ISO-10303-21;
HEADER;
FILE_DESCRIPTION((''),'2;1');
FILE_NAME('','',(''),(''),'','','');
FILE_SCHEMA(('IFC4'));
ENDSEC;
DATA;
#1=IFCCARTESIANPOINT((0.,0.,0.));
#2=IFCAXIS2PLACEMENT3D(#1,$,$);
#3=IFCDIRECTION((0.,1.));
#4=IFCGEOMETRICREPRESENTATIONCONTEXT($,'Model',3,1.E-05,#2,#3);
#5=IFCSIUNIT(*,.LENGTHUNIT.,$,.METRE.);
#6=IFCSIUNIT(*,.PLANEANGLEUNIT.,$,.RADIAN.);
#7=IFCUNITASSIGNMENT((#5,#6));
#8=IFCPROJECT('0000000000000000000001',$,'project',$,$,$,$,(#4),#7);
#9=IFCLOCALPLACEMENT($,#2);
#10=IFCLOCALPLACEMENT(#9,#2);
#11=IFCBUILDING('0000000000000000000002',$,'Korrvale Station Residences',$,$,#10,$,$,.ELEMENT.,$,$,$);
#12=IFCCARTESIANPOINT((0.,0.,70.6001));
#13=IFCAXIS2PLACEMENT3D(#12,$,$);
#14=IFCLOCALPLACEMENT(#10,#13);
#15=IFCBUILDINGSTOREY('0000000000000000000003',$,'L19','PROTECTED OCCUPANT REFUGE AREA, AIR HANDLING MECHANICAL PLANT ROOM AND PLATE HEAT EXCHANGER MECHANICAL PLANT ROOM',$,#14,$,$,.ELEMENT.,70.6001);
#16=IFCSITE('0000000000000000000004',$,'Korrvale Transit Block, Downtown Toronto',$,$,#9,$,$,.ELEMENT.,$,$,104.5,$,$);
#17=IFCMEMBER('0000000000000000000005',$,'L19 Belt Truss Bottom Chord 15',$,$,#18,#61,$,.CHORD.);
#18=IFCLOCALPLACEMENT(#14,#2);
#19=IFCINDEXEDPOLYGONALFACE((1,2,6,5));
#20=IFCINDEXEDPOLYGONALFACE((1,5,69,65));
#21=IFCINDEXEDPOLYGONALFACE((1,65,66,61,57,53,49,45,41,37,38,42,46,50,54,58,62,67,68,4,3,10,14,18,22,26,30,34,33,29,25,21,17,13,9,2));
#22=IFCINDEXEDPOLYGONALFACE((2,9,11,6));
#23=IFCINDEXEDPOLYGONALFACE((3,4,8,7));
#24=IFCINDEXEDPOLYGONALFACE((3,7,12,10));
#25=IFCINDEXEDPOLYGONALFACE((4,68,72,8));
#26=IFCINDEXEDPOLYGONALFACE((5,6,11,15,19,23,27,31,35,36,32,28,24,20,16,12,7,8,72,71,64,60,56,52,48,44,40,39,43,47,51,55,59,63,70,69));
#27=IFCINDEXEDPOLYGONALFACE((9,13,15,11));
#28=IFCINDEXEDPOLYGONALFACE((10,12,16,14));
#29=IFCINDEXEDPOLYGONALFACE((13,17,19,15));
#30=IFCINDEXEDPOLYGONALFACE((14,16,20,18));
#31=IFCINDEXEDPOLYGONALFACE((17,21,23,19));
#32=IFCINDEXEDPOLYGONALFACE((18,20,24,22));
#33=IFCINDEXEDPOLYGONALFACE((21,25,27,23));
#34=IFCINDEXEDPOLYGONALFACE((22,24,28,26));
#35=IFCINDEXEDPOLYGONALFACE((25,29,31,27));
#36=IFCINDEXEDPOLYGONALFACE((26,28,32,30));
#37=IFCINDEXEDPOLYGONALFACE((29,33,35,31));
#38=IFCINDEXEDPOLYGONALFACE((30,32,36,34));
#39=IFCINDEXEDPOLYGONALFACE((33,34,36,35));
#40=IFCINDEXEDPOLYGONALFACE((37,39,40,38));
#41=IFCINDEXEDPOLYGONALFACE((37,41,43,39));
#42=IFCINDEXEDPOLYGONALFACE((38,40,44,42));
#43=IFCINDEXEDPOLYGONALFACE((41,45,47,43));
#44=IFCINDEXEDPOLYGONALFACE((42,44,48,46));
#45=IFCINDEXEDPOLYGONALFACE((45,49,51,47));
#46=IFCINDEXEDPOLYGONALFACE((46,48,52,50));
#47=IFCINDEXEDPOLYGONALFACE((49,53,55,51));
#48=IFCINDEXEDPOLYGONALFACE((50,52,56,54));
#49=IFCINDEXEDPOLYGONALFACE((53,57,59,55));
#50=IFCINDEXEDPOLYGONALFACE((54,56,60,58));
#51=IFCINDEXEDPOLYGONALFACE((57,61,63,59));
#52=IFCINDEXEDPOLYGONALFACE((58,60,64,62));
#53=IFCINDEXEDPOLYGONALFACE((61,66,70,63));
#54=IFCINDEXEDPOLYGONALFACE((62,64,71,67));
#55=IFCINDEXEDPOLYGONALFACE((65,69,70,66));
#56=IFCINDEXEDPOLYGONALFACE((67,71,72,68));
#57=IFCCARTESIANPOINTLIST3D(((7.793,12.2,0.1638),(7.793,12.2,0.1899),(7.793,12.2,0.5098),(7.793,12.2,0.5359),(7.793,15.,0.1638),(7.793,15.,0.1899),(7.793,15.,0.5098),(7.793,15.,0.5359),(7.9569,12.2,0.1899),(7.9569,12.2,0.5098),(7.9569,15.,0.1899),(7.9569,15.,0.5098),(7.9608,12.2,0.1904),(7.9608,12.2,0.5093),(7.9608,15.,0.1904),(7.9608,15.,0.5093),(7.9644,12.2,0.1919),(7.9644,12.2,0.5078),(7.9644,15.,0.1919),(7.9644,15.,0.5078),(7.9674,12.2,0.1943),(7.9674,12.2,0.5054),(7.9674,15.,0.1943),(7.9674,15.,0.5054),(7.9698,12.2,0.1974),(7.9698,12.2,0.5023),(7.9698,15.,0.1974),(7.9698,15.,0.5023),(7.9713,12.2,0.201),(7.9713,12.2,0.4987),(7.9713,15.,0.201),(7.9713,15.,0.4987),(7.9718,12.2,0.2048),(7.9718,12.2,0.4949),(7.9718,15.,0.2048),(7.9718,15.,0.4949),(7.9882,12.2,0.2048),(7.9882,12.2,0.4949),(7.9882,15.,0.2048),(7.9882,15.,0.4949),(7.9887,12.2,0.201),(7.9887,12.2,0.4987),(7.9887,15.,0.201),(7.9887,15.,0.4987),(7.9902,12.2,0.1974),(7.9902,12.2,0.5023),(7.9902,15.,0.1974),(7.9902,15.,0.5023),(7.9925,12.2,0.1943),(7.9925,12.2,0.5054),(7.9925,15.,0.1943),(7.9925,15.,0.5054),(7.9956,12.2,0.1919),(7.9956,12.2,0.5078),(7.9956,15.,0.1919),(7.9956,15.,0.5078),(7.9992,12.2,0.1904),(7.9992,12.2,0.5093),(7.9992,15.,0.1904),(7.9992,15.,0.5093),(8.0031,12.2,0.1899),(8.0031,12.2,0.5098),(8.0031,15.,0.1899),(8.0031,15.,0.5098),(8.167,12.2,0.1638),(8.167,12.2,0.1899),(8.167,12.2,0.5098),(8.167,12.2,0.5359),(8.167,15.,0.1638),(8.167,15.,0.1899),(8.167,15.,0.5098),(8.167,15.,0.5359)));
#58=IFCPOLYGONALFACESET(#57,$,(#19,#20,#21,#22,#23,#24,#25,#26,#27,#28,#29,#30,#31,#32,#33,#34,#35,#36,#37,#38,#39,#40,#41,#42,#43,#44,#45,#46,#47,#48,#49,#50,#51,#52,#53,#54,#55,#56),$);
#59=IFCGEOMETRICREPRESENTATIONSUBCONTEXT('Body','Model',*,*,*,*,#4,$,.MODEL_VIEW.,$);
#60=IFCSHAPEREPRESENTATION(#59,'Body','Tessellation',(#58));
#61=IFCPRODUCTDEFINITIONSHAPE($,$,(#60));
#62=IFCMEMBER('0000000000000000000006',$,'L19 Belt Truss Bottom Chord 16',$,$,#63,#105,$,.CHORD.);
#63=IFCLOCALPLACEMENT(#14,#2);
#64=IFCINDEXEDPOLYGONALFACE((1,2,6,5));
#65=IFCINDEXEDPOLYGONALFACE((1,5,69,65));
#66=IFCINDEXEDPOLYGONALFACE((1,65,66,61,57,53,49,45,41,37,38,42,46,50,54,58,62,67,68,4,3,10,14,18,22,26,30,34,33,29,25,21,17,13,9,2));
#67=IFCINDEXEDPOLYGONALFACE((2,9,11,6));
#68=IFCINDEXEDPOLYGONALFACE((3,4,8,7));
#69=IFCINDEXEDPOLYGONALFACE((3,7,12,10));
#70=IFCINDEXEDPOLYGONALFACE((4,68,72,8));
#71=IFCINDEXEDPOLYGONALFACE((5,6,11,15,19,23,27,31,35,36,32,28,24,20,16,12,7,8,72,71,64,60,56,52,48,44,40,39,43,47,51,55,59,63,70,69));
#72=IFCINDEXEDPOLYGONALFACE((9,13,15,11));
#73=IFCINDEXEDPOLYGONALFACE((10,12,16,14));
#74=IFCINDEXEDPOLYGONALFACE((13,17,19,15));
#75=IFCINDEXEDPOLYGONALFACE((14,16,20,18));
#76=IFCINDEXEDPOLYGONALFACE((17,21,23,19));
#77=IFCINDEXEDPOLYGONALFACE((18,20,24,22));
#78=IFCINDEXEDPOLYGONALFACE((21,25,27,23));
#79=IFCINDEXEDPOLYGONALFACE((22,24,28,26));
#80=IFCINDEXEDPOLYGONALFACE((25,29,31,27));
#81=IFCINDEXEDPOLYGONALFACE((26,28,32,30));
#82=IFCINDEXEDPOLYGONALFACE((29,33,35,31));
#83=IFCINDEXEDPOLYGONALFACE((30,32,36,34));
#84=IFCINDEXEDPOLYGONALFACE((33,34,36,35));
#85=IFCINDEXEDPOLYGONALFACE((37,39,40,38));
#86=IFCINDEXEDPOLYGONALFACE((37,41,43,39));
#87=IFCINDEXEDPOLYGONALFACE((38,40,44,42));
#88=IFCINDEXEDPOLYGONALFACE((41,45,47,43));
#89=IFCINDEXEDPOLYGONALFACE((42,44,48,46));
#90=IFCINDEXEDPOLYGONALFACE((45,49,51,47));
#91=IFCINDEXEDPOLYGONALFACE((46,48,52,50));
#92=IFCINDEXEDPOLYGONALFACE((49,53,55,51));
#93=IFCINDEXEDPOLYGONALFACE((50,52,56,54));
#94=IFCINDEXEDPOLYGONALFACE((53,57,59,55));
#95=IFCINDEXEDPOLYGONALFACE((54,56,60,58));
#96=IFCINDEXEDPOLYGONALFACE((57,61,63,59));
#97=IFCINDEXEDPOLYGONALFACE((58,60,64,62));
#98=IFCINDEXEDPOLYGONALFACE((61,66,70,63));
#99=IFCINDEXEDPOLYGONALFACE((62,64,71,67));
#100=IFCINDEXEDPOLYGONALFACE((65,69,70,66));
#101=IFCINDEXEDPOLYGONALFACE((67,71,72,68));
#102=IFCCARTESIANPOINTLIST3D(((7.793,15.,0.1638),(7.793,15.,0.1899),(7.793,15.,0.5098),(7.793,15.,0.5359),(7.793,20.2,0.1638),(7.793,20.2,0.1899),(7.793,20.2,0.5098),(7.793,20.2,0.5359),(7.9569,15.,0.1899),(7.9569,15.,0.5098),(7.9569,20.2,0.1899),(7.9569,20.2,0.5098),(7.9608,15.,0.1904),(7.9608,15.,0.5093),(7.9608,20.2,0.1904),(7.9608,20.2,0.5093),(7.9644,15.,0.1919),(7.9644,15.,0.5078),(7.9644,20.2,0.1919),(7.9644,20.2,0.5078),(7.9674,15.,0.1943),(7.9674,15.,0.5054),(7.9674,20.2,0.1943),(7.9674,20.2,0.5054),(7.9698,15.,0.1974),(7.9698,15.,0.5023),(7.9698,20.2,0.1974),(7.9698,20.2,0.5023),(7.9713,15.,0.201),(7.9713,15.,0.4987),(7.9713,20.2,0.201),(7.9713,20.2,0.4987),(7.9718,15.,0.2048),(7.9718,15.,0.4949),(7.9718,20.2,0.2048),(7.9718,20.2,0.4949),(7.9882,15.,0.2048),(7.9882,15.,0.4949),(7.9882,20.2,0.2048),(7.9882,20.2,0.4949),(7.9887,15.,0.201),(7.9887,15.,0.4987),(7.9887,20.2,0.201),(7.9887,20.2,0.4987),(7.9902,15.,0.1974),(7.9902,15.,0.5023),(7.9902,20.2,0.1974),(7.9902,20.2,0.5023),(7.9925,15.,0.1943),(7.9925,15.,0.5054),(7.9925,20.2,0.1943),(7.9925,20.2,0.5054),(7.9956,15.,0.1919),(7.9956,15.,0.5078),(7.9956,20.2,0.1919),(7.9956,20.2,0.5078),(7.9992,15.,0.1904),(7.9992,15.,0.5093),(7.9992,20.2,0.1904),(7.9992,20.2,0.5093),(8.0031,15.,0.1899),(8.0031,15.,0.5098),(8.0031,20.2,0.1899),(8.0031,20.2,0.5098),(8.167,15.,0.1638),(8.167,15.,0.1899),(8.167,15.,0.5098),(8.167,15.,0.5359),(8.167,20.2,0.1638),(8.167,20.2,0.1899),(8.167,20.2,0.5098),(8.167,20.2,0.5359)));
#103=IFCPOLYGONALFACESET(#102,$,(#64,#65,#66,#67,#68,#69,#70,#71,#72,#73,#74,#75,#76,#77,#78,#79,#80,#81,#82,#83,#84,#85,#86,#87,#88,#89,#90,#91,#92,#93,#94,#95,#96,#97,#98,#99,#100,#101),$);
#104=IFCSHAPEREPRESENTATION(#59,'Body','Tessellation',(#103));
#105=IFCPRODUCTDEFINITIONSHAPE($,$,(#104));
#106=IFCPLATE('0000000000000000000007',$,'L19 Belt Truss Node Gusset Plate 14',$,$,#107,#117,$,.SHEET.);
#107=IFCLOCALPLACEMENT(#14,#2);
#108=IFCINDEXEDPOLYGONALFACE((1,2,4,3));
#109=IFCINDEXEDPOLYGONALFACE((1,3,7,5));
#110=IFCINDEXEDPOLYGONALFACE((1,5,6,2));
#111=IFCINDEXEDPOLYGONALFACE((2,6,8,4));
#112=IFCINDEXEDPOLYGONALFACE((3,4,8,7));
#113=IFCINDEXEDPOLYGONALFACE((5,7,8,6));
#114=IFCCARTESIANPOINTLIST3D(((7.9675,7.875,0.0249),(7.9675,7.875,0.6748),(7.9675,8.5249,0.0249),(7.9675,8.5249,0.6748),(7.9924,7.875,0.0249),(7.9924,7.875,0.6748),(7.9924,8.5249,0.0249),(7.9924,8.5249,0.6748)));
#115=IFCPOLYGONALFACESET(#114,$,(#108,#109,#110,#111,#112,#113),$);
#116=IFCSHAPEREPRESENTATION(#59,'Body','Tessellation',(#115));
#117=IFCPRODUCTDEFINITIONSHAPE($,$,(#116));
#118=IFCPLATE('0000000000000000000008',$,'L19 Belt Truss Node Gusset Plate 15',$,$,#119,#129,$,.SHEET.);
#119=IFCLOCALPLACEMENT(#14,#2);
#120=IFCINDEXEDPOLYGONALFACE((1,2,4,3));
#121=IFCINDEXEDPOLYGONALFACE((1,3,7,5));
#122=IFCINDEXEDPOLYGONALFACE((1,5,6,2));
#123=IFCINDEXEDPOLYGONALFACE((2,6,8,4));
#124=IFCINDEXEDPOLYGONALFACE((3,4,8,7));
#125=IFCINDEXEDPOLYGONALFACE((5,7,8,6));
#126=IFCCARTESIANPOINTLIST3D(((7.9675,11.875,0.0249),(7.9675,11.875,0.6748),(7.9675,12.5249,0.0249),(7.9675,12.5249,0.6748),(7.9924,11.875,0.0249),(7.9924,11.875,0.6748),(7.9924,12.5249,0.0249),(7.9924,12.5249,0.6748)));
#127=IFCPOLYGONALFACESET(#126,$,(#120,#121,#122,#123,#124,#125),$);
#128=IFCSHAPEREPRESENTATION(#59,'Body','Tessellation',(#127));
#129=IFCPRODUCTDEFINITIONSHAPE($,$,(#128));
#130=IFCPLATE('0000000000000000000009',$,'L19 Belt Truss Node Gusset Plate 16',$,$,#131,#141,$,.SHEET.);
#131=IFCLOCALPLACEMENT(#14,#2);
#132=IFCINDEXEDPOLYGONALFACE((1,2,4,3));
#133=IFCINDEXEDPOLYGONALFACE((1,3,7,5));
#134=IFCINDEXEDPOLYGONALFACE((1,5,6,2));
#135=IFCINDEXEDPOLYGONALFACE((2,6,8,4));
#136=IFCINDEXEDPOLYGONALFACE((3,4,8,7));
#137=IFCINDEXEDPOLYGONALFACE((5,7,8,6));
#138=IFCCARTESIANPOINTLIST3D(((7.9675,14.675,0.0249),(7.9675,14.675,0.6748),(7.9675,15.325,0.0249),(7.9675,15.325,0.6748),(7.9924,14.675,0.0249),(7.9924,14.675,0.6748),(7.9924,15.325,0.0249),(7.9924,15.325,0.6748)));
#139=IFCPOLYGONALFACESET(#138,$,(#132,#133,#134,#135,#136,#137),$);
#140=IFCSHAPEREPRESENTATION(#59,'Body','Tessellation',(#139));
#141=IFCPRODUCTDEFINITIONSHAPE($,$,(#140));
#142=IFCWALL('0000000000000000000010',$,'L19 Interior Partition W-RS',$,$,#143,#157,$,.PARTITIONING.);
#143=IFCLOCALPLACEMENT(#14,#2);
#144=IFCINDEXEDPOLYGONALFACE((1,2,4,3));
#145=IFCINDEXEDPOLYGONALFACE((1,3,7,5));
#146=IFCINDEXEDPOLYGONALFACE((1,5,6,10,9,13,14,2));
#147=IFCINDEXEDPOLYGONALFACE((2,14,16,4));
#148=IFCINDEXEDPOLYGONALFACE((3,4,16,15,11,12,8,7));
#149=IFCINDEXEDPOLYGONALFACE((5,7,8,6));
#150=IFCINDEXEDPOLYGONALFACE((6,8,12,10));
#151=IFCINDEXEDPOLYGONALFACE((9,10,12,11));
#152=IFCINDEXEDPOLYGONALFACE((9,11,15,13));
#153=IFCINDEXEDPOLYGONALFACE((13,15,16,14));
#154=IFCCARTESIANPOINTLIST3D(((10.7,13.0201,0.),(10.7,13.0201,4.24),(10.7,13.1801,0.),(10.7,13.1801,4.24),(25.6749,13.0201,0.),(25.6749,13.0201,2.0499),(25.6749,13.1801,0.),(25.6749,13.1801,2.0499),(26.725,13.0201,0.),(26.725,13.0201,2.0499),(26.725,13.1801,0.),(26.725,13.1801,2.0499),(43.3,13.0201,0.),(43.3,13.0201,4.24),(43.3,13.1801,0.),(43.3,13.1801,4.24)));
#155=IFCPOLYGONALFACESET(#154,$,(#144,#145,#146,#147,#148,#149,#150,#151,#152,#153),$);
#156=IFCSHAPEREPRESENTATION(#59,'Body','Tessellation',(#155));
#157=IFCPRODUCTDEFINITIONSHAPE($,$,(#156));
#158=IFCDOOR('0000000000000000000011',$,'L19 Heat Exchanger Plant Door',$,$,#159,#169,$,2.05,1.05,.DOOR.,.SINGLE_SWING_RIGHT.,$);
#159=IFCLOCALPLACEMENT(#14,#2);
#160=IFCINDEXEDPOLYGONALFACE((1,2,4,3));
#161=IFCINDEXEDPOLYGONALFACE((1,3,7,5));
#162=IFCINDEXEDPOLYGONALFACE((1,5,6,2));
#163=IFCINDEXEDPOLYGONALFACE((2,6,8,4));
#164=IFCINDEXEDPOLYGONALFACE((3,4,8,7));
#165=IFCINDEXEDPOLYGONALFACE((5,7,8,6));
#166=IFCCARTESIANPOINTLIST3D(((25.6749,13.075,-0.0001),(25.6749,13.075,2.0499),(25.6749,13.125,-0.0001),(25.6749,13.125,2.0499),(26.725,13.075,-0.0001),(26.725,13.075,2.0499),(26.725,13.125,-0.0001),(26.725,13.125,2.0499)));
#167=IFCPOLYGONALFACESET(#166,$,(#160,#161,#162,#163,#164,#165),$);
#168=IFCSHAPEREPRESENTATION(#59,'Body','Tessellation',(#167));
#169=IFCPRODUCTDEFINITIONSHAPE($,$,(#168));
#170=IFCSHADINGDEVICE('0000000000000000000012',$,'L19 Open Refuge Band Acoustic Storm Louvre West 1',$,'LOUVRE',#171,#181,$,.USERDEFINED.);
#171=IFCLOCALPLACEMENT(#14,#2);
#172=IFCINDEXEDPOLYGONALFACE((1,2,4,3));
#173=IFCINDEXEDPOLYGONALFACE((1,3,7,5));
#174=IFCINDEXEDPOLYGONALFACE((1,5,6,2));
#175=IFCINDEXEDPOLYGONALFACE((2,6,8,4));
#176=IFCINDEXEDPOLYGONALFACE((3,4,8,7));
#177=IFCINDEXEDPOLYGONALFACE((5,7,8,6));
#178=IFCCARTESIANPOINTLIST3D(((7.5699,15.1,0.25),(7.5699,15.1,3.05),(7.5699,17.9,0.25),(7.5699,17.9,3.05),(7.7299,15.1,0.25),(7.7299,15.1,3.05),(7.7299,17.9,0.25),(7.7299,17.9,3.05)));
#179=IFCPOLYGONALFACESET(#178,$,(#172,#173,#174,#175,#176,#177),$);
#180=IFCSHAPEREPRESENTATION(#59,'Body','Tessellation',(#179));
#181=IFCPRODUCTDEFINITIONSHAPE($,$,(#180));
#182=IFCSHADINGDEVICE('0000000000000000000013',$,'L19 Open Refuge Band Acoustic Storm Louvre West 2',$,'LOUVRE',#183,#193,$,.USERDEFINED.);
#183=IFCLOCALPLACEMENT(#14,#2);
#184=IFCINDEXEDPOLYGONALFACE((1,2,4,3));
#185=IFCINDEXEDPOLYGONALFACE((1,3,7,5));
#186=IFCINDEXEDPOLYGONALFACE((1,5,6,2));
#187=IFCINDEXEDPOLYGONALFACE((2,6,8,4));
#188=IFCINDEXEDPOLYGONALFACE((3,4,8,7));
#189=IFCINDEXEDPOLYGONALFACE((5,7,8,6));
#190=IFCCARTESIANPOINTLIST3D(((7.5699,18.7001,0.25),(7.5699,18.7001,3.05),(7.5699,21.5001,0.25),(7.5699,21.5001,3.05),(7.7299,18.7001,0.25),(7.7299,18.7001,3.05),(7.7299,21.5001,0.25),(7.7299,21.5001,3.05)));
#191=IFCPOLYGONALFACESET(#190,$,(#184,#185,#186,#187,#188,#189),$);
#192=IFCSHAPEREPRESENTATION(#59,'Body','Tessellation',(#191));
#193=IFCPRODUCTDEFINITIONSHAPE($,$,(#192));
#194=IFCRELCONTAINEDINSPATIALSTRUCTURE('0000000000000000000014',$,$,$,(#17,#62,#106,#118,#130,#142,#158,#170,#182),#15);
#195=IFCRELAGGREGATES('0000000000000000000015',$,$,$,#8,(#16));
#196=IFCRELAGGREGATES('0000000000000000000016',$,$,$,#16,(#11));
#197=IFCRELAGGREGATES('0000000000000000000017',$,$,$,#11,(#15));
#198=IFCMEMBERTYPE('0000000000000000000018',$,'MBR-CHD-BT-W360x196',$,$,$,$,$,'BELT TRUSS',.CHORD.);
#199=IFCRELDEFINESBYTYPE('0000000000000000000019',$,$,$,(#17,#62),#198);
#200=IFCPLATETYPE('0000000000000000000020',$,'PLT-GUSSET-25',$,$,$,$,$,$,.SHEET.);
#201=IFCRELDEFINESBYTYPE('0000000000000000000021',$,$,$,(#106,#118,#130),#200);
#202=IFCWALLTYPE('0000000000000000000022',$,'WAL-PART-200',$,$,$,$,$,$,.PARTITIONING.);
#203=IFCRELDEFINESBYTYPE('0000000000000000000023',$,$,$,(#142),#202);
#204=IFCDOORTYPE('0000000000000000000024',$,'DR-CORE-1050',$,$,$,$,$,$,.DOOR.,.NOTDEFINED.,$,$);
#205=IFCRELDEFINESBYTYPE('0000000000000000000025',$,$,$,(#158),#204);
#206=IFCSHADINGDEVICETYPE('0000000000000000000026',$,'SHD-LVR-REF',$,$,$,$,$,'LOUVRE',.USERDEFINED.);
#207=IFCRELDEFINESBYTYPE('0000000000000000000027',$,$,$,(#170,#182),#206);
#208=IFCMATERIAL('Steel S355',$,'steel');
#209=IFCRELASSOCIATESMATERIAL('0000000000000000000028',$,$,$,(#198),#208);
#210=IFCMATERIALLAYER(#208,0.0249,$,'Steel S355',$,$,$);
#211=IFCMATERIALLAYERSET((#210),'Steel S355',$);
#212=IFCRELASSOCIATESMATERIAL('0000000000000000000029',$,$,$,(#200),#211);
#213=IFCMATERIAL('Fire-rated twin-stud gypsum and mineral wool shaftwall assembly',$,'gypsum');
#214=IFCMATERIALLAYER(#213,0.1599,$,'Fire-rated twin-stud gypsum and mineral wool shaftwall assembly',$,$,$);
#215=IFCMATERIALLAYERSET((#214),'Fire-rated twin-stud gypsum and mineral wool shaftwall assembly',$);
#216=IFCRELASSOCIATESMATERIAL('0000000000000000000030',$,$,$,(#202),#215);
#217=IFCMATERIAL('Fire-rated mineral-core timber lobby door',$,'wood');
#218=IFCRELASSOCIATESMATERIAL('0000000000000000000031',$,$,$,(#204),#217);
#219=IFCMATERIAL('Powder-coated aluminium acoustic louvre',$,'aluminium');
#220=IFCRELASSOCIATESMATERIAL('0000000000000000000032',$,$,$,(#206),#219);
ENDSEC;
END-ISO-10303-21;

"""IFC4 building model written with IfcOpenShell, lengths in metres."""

from ifc_helpers import new_model, si_unit, direction, frame, frame_2d, origin, origin_2d, place, context, subcontext, project, spatial, rectangle, i_section, extrude, material, layer, layer_set, material_profile, profile_set, type_object, element, fill, save


model = new_model("IFC4")

# Units and contexts
model_context = context("Model", 3, precision=1e-05, world=origin(), true_north=direction((0.0, 1.0)))
body_context = subcontext(model_context, "Body", "Model", "MODEL_VIEW")
ifc_project = project(units=[si_unit("LENGTHUNIT", "METRE"), si_unit("PLANEANGLEUNIT", "RADIAN")], contexts=[model_context])

# Site, building, storey
site_placement = place(None, origin())
site = spatial("IfcSite", under=ifc_project, at=site_placement, Name="Korrvale Transit Block, Downtown Toronto", CompositionType="ELEMENT", RefElevation=104.5)
building_placement = place(site_placement, origin())
building = spatial("IfcBuilding", under=site, at=building_placement, Name="Korrvale Station Residences", CompositionType="ELEMENT")
storey_placement = place(building_placement, frame((0.0, 0.0, 70.6001)))
storey = spatial("IfcBuildingStorey", under=building, at=storey_placement, Name="L19", Description="PROTECTED OCCUPANT REFUGE AREA, AIR HANDLING MECHANICAL PLANT ROOM AND PLATE HEAT EXCHANGER MECHANICAL PLANT ROOM", CompositionType="ELEMENT", Elevation=70.6001)

# Members
ifc_material_1 = material(Name="Steel S355", Category="steel")
ifc_material_profile_1 = material_profile(ifc_material_1, i_section(OverallWidth=0.374, OverallDepth=0.3721, WebThickness=0.0164, FlangeThickness=0.0261, FilletRadius=0.0149, at=origin_2d()), Name="W360x196")
ifc_profile_set_1 = profile_set([ifc_material_profile_1], Name="Steel S355")
member_type_1 = type_object("IfcMemberType", Name="MBR-CHD-BT-W360x196", ElementType="BELT TRUSS", PredefinedType="CHORD", material=ifc_profile_set_1)
member_1_placement = place(storey_placement, frame((7.98, 12.2, 0.3499), z_axis=(0.0, 1.0, 0.0), x_axis=(-1.0, 0.0, 0.0)))
element("IfcMember", 1, at=member_1_placement, inside=storey, type_object=member_type_1, Name="L19 Belt Truss Bottom Chord 15", PredefinedType="CHORD", context=body_context, shape_type="SweptSolid", body=[
    extrude(i_section(OverallWidth=0.374, OverallDepth=0.3721, WebThickness=0.0164, FlangeThickness=0.0261, FilletRadius=0.0149, at=origin_2d()), origin(), (0.0, 0.0, 1.0), 2.8),
])
member_2_placement = place(storey_placement, frame((7.98, 15.0, 0.3499), z_axis=(0.0, 1.0, 0.0), x_axis=(-1.0, 0.0, 0.0)))
element("IfcMember", 2, at=member_2_placement, inside=storey, type_object=member_type_1, Name="L19 Belt Truss Bottom Chord 16", PredefinedType="CHORD", context=body_context, shape_type="SweptSolid", body=[
    extrude(i_section(OverallWidth=0.374, OverallDepth=0.3721, WebThickness=0.0164, FlangeThickness=0.0261, FilletRadius=0.0149, at=origin_2d()), origin(), (0.0, 0.0, 1.0), 5.2),
])

# Plates
ifc_layer_1 = layer(ifc_material_1, 0.0249, Name="Steel S355")
ifc_layer_set_1 = layer_set([ifc_layer_1], Name="Steel S355")
plate_type = type_object("IfcPlateType", Name="PLT-GUSSET-25", PredefinedType="SHEET", material=ifc_layer_set_1)
for number, where, z_axis, x_axis, name in (
    (3, (7.98, 8.2, 0.0249), (0.0, 0.0, 1.0), (0.0, 1.0, 0.0), "L19 Belt Truss Node Gusset Plate 14"),
    (4, (7.98, 12.2, 0.0249), (0.0, 0.0, 1.0), (0.0, 1.0, 0.0), "L19 Belt Truss Node Gusset Plate 15"),
    (5, (7.98, 15.0, 0.0249), (0.0, 0.0, 1.0), (0.0, 1.0, 0.0), "L19 Belt Truss Node Gusset Plate 16"),
):
    element("IfcPlate", number, at=place(storey_placement, frame(where, z_axis=z_axis, x_axis=x_axis)), inside=storey, type_object=plate_type, Name=name, PredefinedType="SHEET", context=body_context, shape_type="SweptSolid", body=[
        extrude(rectangle(XDim=0.6499, YDim=0.0249, at=origin_2d()), origin(), (0.0, 0.0, 1.0), 0.6499),
    ])

# Wall, opening, door
ifc_material_2 = material(Name="Fire-rated twin-stud gypsum and mineral wool shaftwall assembly", Category="gypsum")
ifc_layer_2 = layer(ifc_material_2, 0.1599, Name="Fire-rated twin-stud gypsum and mineral wool shaftwall assembly")
ifc_layer_set_2 = layer_set([ifc_layer_2], Name="Fire-rated twin-stud gypsum and mineral wool shaftwall assembly")
wall_type = type_object("IfcWallType", Name="WAL-PART-200", PredefinedType="PARTITIONING", material=ifc_layer_set_2)
wall_placement = place(storey_placement, frame((10.7, 13.1001, 0.0), z_axis=(0.0, 0.0, 1.0), x_axis=(1.0, 0.0, 0.0)))
wall = element("IfcWall", 6, at=wall_placement, inside=storey, type_object=wall_type, Name="L19 Interior Partition W-RS", PredefinedType="PARTITIONING", context=body_context, shape_type="SweptSolid", body=[
    extrude(rectangle(XDim=32.6001, YDim=0.1599, at=frame_2d((16.3, 0.0))), origin(), (0.0, 0.0, 1.0), 4.24),
])
opening_placement = place(wall_placement, frame((14.9751, 0.0, 0.0)))
opening = element("IfcOpeningElement", 7, at=opening_placement, cuts=wall, PredefinedType="OPENING", context=body_context, shape_type="SweptSolid", body=[
    extrude(rectangle(XDim=1.05, YDim=2.05, at=frame_2d((0.5249, 1.0249))), frame((0.0, 0.0898, 0.0), z_axis=(0.0, -1.0, 0.0), x_axis=(1.0, 0.0, 0.0)), (0.0, 0.0, 1.0), 0.1799),
])
ifc_material_3 = material(Name="Fire-rated mineral-core timber lobby door", Category="wood")
door_type = type_object("IfcDoorType", Name="DR-CORE-1050", OperationType="NOTDEFINED", PredefinedType="DOOR", material=ifc_material_3)
door_placement = place(opening_placement, origin())
door = element("IfcDoor", 8, at=door_placement, inside=storey, type_object=door_type, Name="L19 Heat Exchanger Plant Door", OperationType="SINGLE_SWING_RIGHT", OverallHeight=2.05, OverallWidth=1.05, PredefinedType="DOOR", context=body_context, shape_type="SweptSolid", body=[
    extrude(rectangle(XDim=1.05, YDim=2.05, at=frame_2d((0.5249, 1.0249))), frame((0.0, 0.0249, 0.0), z_axis=(0.0, -1.0, 0.0), x_axis=(1.0, 0.0, 0.0)), (0.0, 0.0, 1.0), 0.05),
])
fill(opening, door)

# Shading devices
ifc_material_4 = material(Name="Powder-coated aluminium acoustic louvre", Category="aluminium")
shading_device_type = type_object("IfcShadingDeviceType", Name="SHD-LVR-REF", ElementType="LOUVRE", PredefinedType="USERDEFINED", material=ifc_material_4)
for number, where, z_axis, x_axis, name in (
    (9, (7.6499, 16.5, 0.25), (0.0, 0.0, 1.0), (1.0, 0.0, 0.0), "L19 Open Refuge Band Acoustic Storm Louvre West 1"),
    (10, (7.6499, 20.1001, 0.25), (0.0, 0.0, 1.0), (1.0, 0.0, 0.0), "L19 Open Refuge Band Acoustic Storm Louvre West 2"),
):
    element("IfcShadingDevice", number, at=place(storey_placement, frame(where, z_axis=z_axis, x_axis=x_axis)), inside=storey, type_object=shading_device_type, Name=name, ObjectType="LOUVRE", PredefinedType="USERDEFINED", context=body_context, shape_type="SweptSolid", body=[
        extrude(rectangle(XDim=0.1599, YDim=2.8, at=origin_2d()), origin(), (0.0, 0.0, 1.0), 2.8),
    ])

save(model, "model.ifc")
